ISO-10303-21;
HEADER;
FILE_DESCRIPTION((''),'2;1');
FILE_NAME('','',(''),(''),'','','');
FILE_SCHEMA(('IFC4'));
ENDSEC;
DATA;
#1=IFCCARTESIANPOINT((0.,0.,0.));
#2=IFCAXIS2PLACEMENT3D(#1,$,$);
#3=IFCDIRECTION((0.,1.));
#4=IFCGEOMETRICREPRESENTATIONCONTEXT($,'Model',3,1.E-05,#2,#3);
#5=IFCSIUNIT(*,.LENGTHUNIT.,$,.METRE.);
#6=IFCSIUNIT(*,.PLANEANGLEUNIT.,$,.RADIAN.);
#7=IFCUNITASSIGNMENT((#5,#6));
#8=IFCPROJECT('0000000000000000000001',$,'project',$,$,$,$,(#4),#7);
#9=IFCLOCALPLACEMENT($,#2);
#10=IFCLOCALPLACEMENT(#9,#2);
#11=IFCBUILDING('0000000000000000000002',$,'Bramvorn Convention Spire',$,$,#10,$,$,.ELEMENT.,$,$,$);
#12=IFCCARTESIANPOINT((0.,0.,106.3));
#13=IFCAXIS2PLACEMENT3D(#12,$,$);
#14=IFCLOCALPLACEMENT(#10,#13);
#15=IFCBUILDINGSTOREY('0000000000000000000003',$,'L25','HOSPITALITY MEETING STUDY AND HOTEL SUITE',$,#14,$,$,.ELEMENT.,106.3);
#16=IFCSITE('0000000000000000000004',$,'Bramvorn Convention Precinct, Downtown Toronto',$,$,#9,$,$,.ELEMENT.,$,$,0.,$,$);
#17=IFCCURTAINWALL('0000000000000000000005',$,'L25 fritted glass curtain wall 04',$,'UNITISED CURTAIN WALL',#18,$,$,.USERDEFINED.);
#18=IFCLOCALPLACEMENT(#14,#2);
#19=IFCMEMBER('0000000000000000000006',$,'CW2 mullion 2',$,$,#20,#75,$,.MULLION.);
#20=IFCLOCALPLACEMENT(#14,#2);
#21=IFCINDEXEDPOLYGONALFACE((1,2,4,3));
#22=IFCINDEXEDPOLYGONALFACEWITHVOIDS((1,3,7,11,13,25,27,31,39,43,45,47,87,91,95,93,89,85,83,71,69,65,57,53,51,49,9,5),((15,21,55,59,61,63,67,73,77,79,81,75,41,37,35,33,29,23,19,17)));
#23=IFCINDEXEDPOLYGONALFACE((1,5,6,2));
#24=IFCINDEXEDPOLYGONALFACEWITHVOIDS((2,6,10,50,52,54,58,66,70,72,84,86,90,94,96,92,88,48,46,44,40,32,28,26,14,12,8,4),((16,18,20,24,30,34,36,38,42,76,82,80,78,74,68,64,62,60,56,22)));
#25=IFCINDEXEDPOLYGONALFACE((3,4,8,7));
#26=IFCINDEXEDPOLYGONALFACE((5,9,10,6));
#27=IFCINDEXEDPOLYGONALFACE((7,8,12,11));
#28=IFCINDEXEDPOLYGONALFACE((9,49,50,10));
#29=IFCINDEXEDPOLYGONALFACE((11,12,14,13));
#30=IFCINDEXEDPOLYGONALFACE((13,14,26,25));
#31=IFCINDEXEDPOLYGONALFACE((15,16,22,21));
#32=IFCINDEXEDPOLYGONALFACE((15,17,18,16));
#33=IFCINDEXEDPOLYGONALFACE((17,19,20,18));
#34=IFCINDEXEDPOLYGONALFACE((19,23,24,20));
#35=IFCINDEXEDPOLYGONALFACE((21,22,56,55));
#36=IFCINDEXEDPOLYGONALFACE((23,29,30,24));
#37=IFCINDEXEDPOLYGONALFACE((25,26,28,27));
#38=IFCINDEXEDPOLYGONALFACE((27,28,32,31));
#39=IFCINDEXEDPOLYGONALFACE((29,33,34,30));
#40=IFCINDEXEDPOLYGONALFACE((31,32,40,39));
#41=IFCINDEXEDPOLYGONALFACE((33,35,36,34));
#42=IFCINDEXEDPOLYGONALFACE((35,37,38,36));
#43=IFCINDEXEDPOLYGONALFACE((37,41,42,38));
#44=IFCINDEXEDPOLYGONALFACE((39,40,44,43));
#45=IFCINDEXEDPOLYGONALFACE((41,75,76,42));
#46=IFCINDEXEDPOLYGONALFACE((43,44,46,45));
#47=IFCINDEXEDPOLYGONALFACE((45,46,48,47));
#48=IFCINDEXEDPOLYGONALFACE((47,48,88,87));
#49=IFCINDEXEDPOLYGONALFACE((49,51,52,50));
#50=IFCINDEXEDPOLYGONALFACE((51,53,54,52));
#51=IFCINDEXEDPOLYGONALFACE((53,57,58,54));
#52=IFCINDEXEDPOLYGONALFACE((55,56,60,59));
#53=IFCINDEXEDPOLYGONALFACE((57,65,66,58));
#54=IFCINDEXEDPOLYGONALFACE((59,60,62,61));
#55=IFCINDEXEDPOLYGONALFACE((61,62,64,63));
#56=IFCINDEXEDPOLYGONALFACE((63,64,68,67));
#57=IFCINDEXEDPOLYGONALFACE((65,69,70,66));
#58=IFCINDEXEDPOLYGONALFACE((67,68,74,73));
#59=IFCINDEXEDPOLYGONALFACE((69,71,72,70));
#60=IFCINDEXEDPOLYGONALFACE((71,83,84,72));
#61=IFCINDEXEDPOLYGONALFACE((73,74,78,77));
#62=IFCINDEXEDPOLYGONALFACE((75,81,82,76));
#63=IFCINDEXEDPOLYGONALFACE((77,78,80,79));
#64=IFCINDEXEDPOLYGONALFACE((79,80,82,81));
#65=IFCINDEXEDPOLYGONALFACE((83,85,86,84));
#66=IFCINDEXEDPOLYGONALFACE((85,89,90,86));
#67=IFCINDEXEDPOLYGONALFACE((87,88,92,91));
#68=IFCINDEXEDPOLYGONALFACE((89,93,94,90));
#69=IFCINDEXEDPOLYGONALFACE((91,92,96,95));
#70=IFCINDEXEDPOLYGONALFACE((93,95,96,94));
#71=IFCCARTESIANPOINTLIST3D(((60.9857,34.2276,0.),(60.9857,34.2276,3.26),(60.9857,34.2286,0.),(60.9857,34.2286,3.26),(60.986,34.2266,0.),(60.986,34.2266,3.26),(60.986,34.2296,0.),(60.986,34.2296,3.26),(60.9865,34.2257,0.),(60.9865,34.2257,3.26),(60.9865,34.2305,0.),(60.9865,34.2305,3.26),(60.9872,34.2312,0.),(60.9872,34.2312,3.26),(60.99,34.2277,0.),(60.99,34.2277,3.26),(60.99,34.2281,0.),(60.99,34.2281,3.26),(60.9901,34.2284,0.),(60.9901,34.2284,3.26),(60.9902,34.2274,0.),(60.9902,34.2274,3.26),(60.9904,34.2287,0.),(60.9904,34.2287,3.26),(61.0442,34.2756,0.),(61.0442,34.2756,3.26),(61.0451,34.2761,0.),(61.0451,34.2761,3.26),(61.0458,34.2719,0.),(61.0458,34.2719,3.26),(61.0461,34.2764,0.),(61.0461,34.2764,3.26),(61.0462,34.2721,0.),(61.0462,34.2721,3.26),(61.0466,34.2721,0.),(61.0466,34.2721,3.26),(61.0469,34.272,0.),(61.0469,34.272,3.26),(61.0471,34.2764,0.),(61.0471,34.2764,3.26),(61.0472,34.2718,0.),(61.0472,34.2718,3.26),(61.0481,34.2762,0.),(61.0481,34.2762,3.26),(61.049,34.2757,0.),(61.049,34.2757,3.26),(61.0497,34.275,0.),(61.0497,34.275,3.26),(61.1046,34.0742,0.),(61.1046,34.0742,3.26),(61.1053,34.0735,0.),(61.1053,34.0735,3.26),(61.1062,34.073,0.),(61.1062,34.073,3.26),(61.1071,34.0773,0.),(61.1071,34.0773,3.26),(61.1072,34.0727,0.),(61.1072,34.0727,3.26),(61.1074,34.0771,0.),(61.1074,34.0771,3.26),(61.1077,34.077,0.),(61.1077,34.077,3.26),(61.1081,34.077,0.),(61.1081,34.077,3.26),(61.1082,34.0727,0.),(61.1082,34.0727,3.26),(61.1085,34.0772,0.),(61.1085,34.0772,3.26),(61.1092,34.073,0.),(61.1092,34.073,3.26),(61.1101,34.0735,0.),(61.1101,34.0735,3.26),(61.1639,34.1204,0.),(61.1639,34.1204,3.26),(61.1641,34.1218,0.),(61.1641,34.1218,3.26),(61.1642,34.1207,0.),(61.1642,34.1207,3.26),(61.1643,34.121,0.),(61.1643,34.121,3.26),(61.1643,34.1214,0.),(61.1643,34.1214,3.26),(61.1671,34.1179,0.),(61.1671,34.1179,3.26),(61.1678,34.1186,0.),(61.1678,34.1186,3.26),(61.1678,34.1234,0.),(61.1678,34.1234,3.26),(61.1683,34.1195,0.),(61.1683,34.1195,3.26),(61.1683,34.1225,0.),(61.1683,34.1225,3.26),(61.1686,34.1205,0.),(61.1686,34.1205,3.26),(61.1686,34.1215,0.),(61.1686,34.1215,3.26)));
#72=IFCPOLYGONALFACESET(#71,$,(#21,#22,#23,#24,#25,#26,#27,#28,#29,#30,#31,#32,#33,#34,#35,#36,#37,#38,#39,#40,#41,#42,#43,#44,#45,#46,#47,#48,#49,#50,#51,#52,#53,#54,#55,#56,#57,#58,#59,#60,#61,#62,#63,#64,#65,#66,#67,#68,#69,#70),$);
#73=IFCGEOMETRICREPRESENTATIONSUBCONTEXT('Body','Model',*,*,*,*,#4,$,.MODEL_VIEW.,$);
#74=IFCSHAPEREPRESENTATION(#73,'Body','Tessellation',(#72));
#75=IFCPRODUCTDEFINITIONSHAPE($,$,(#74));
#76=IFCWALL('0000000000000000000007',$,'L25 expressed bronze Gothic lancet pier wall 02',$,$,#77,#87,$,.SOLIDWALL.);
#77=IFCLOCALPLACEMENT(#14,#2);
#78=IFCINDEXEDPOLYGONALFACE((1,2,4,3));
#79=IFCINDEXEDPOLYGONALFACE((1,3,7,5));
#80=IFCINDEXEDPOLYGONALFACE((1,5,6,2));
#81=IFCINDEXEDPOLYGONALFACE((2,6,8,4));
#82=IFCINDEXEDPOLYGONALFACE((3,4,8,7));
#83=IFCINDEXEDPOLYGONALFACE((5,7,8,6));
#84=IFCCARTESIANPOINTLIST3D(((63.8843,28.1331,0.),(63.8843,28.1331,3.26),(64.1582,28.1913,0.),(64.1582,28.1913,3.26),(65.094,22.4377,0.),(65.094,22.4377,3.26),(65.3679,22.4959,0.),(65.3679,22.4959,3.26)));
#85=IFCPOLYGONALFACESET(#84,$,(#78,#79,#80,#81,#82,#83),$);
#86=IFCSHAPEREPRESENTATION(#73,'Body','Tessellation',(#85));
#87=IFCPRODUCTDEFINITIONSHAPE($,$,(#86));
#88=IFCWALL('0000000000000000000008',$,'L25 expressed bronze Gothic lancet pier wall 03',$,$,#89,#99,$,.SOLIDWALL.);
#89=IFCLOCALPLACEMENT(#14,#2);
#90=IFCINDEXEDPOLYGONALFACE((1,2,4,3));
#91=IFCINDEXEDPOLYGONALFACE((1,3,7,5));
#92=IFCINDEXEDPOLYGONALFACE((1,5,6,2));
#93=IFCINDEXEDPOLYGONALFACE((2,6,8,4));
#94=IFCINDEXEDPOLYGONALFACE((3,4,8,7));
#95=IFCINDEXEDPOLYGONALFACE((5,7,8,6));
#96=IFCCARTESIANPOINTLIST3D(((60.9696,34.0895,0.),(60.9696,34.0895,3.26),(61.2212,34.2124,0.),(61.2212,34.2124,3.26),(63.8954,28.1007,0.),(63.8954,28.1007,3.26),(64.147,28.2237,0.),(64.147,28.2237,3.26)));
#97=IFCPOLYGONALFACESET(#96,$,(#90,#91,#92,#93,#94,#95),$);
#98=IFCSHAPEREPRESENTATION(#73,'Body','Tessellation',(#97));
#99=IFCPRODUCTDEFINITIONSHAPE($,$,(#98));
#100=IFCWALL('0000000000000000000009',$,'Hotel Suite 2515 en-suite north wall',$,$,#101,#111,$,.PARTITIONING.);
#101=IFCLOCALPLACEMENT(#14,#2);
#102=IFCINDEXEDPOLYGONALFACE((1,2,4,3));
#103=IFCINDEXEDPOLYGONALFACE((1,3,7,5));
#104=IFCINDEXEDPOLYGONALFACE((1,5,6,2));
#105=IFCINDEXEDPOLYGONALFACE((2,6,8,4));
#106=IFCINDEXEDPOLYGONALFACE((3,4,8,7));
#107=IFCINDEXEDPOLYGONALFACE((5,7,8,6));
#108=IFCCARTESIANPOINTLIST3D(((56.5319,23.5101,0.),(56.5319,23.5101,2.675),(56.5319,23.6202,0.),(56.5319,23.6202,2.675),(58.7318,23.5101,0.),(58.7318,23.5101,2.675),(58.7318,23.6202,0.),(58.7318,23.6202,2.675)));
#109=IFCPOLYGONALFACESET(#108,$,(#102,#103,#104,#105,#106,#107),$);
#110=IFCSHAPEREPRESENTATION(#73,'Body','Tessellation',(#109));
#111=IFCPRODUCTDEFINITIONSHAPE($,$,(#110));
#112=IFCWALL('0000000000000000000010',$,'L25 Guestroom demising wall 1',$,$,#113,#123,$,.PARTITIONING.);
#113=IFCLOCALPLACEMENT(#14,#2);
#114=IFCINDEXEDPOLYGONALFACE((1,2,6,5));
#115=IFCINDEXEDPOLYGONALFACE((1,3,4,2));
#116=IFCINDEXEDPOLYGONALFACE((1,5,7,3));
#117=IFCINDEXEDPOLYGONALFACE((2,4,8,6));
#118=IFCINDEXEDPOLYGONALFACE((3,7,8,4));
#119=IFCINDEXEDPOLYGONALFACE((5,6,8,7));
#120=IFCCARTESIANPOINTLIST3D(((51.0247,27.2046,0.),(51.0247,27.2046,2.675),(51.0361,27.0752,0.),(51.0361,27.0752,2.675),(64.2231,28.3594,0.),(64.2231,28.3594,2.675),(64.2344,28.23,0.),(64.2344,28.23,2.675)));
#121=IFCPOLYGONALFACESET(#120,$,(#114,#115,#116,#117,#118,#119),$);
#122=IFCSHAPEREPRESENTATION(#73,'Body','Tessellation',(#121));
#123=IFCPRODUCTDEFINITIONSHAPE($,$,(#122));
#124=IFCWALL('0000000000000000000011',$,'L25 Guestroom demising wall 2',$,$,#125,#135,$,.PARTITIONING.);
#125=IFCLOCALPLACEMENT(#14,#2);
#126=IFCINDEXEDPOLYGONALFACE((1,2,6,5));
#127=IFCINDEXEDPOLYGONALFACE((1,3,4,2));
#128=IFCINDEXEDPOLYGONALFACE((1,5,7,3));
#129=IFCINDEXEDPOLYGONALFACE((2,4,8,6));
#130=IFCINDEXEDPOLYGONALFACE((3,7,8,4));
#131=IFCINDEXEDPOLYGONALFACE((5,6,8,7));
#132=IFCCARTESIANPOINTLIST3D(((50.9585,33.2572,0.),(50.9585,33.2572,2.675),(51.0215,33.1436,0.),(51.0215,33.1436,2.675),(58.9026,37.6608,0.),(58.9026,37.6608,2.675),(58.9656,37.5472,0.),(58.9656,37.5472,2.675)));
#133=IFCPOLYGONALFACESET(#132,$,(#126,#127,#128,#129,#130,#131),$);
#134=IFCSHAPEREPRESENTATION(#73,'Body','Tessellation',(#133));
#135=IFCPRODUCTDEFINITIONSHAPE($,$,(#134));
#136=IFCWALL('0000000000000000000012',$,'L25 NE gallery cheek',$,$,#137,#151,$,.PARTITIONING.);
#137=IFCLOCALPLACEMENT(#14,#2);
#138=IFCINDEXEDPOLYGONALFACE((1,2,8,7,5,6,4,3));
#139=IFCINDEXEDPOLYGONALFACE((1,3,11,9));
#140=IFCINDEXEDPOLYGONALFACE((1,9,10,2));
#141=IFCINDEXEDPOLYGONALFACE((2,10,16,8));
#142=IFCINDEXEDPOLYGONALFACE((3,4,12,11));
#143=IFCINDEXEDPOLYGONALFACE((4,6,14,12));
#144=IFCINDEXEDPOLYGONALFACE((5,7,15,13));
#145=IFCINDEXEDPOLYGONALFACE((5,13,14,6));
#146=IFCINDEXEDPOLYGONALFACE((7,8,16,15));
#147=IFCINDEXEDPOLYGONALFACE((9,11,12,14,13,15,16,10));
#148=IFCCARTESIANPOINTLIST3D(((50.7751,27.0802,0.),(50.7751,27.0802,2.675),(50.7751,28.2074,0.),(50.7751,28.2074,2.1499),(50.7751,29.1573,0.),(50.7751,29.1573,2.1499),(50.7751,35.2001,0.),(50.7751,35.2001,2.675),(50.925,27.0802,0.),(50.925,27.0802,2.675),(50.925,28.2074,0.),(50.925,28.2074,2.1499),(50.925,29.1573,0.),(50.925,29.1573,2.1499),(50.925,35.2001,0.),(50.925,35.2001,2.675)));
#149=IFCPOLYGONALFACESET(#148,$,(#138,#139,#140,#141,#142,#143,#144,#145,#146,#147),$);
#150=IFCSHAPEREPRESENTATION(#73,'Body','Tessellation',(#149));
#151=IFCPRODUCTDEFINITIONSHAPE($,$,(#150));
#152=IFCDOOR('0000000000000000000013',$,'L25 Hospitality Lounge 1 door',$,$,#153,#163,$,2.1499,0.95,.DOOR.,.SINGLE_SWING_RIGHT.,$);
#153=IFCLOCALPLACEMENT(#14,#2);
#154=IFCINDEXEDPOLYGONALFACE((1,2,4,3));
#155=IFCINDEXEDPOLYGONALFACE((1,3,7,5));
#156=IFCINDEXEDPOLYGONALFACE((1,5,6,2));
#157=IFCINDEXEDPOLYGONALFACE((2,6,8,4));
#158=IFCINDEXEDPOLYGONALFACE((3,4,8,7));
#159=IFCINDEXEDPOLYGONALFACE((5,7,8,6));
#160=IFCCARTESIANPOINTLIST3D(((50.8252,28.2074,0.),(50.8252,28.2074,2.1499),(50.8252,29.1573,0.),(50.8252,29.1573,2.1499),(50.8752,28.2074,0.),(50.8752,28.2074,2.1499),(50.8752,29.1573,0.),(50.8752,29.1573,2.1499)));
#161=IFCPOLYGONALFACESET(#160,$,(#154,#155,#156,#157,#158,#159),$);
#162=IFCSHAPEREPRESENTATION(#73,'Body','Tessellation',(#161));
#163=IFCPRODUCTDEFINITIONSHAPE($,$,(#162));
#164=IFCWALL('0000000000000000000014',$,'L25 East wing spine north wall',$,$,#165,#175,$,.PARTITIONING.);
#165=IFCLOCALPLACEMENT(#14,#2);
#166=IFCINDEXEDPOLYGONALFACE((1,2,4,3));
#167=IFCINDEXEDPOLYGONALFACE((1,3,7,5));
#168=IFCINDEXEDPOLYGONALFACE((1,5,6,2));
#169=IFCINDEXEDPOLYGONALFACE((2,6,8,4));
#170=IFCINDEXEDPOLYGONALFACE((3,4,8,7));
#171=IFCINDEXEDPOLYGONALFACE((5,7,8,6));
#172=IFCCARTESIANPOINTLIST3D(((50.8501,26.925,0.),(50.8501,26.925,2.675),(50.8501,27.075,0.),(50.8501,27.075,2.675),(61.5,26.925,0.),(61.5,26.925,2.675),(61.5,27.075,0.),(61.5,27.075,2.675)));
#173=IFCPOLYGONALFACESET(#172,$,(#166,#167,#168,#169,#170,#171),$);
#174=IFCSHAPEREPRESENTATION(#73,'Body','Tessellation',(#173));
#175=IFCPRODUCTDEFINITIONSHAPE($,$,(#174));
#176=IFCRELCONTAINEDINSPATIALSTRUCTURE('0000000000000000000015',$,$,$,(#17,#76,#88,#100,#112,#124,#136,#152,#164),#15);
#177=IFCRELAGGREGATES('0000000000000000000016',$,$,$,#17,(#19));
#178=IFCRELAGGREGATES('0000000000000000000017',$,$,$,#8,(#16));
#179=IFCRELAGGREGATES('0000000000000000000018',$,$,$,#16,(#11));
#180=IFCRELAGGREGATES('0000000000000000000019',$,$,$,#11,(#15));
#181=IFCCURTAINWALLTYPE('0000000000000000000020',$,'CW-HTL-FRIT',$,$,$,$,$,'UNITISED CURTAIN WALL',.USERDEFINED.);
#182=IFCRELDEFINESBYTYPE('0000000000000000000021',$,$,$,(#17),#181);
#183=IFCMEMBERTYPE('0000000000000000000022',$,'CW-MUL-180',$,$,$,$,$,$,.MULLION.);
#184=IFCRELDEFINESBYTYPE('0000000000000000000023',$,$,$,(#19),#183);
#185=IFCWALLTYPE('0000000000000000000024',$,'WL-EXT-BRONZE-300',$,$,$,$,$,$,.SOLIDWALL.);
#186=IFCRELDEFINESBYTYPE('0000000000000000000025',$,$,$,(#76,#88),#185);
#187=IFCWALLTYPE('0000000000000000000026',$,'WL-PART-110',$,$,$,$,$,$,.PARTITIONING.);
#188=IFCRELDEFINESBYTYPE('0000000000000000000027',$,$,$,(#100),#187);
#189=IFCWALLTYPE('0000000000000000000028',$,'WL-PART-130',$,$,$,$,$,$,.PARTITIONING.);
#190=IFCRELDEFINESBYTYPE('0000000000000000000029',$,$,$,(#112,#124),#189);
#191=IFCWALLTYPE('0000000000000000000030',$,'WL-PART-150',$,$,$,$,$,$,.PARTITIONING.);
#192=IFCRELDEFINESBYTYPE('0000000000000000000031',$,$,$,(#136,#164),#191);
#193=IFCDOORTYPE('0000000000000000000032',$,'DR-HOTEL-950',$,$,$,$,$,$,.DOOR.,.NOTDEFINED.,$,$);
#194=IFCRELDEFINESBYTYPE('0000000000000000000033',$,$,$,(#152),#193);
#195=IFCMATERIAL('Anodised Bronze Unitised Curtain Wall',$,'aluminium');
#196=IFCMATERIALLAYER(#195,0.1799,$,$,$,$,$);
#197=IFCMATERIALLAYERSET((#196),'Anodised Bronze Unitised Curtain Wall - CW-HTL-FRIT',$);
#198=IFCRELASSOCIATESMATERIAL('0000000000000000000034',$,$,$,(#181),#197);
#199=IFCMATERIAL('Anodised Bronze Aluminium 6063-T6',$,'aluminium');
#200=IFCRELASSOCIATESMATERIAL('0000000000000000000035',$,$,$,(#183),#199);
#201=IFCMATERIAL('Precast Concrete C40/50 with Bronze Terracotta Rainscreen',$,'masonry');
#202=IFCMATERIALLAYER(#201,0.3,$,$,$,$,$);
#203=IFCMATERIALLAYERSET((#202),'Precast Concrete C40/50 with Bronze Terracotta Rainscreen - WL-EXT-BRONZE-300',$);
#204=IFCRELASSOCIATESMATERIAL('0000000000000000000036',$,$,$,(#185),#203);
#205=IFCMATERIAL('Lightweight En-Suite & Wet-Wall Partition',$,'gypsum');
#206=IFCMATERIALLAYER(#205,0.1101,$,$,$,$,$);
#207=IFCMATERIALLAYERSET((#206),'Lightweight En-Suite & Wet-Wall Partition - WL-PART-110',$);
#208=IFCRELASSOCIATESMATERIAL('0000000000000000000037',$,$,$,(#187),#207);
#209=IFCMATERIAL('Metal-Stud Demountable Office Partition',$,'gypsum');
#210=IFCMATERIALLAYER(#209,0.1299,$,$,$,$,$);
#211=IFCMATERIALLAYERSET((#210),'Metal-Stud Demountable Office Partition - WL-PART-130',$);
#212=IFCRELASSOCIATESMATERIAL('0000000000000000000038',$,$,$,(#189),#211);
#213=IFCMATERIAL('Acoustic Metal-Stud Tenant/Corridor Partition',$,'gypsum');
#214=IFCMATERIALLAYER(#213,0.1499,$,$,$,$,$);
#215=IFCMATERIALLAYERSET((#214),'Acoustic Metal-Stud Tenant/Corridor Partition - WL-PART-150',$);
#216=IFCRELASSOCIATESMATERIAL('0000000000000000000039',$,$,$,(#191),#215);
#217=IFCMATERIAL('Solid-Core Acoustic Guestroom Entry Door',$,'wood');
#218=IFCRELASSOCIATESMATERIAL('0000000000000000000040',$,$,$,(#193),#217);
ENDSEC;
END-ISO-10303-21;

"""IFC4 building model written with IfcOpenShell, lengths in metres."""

from ifc_helpers import new_model, si_unit, direction, frame, frame_2d, origin, origin_2d, place, context, subcontext, project, spatial, rectangle, hollow_rectangle, extrude, material, layer, layer_set, material_profile, profile_set, type_object, element, fill, aggregate, save


model = new_model("IFC4")

# Units and contexts
model_context = context("Model", 3, precision=1e-05, world=origin(), true_north=direction((0.0, 1.0)))
body_context = subcontext(model_context, "Body", "Model", "MODEL_VIEW")
ifc_project = project(units=[si_unit("LENGTHUNIT", "METRE"), si_unit("PLANEANGLEUNIT", "RADIAN")], contexts=[model_context])

# Site, building, storey
site_placement = place(None, origin())
site = spatial("IfcSite", under=ifc_project, at=site_placement, Name="Bramvorn Convention Precinct, Downtown Toronto", CompositionType="ELEMENT", RefElevation=0.0)
building_placement = place(site_placement, origin())
building = spatial("IfcBuilding", under=site, at=building_placement, Name="Bramvorn Convention Spire", CompositionType="ELEMENT")
storey_placement = place(building_placement, frame((0.0, 0.0, 106.3)))
storey = spatial("IfcBuildingStorey", under=building, at=storey_placement, Name="L25", Description="HOSPITALITY MEETING STUDY AND HOTEL SUITE", CompositionType="ELEMENT", Elevation=106.3)

# Curtain wall, member
ifc_material_1 = material(Name="Anodised Bronze Unitised Curtain Wall", Category="aluminium")
ifc_layer_1 = layer(ifc_material_1, 0.1799)
ifc_layer_set_1 = layer_set([ifc_layer_1], Name="Anodised Bronze Unitised Curtain Wall - CW-HTL-FRIT")
curtain_wall_type = type_object("IfcCurtainWallType", Name="CW-HTL-FRIT", ElementType="UNITISED CURTAIN WALL", PredefinedType="USERDEFINED", material=ifc_layer_set_1)
curtain_wall_placement = place(storey_placement, origin())
curtain_wall = element("IfcCurtainWall", 1, at=curtain_wall_placement, inside=storey, type_object=curtain_wall_type, Name="L25 fritted glass curtain wall 04", ObjectType="UNITISED CURTAIN WALL", PredefinedType="USERDEFINED")
ifc_material_2 = material(Name="Anodised Bronze Aluminium 6063-T6", Category="aluminium")
ifc_material_profile_1 = material_profile(ifc_material_2, hollow_rectangle(XDim=0.0801, YDim=0.2, WallThickness=0.0039, InnerFilletRadius=0.001, OuterFilletRadius=0.0039, at=origin_2d()))
ifc_profile_set_1 = profile_set([ifc_material_profile_1], Name="Anodised Bronze Aluminium 6063-T6 - CWM80X200")
member_type = type_object("IfcMemberType", Name="CW-MUL-180", PredefinedType="MULLION", material=ifc_profile_set_1)
member_placement = place(storey_placement, frame((61.0771, 34.1746, 0.0), z_axis=(0.0, 0.0, 1.0), x_axis=(0.78882, 0.614624, 0.0)))
member = element("IfcMember", 2, at=member_placement, type_object=member_type, Name="CW2 mullion 2", PredefinedType="MULLION", context=body_context, shape_type="SweptSolid", body=[
    extrude(hollow_rectangle(XDim=0.0801, YDim=0.2, WallThickness=0.0039, InnerFilletRadius=0.001, OuterFilletRadius=0.0039, at=origin_2d()), origin(), (0.0, 0.0, 1.0), 3.26),
])
aggregate(curtain_wall, [member])

# Walls
ifc_material_3 = material(Name="Precast Concrete C40/50 with Bronze Terracotta Rainscreen", Category="masonry")
ifc_layer_2 = layer(ifc_material_3, 0.3)
ifc_layer_set_2 = layer_set([ifc_layer_2], Name="Precast Concrete C40/50 with Bronze Terracotta Rainscreen - WL-EXT-BRONZE-300")
wall_type_1 = type_object("IfcWallType", Name="WL-EXT-BRONZE-300", PredefinedType="SOLIDWALL", material=ifc_layer_set_2)
wall_1_placement = place(storey_placement, frame((64.0212, 28.1621, 0.0), z_axis=(0.0, 0.0, 1.0), x_axis=(0.207762, -0.978179, 0.0)))
element("IfcWall", 3, at=wall_1_placement, inside=storey, type_object=wall_type_1, Name="L25 expressed bronze Gothic lancet pier wall 02", PredefinedType="SOLIDWALL", context=body_context, shape_type="SweptSolid", body=[
    extrude(rectangle(XDim=5.8225, YDim=0.28, at=frame_2d((2.9111, 0.0))), origin(), (0.0, 0.0, 1.0), 3.26),
])
wall_2_placement = place(storey_placement, frame((61.0955, 34.1509, 0.0), z_axis=(0.0, 0.0, 1.0), x_axis=(0.43896, -0.898506, 0.0)))
element("IfcWall", 4, at=wall_2_placement, inside=storey, type_object=wall_type_1, Name="L25 expressed bronze Gothic lancet pier wall 03", PredefinedType="SOLIDWALL", context=body_context, shape_type="SweptSolid", body=[
    extrude(rectangle(XDim=6.6653, YDim=0.28, at=frame_2d((3.3325, 0.0))), origin(), (0.0, 0.0, 1.0), 3.26),
])
ifc_material_4 = material(Name="Lightweight En-Suite & Wet-Wall Partition", Category="gypsum")
ifc_layer_3 = layer(ifc_material_4, 0.1101)
ifc_layer_set_3 = layer_set([ifc_layer_3], Name="Lightweight En-Suite & Wet-Wall Partition - WL-PART-110")
wall_type_2 = type_object("IfcWallType", Name="WL-PART-110", PredefinedType="PARTITIONING", material=ifc_layer_set_3)
wall_3_placement = place(storey_placement, frame((56.5317, 23.5652, 0.0), z_axis=(0.0, 0.0, 1.0), x_axis=(1.0, 0.0, 0.0)))
element("IfcWall", 5, at=wall_3_placement, inside=storey, type_object=wall_type_2, Name="Hotel Suite 2515 en-suite north wall", PredefinedType="PARTITIONING", context=body_context, shape_type="SweptSolid", body=[
    extrude(rectangle(XDim=2.2, YDim=0.1101, at=frame_2d((1.1001, 0.0))), origin(), (0.0, 0.0, 1.0), 2.675),
])
ifc_material_5 = material(Name="Metal-Stud Demountable Office Partition", Category="gypsum")
ifc_layer_4 = layer(ifc_material_5, 0.1299)
ifc_layer_set_4 = layer_set([ifc_layer_4], Name="Metal-Stud Demountable Office Partition - WL-PART-130")
wall_type_3 = type_object("IfcWallType", Name="WL-PART-130", PredefinedType="PARTITIONING", material=ifc_layer_set_4)
wall_4_placement = place(storey_placement, frame((51.0303, 27.1399, 0.0), z_axis=(0.0, 0.0, 1.0), x_axis=(0.996194, 0.087162, 0.0)))
element("IfcWall", 6, at=wall_4_placement, inside=storey, type_object=wall_type_3, Name="L25 Guestroom demising wall 1", PredefinedType="PARTITIONING", context=body_context, shape_type="SweptSolid", body=[
    extrude(rectangle(XDim=13.2488, YDim=0.1299, at=frame_2d((6.6245, 0.0))), origin(), (0.0, 0.0, 1.0), 2.675),
])
wall_5_placement = place(storey_placement, frame((50.99, 33.2004, 0.0), z_axis=(0.0, 0.0, 1.0), x_axis=(0.874616, 0.484817, 0.0)))
element("IfcWall", 7, at=wall_5_placement, inside=storey, type_object=wall_type_3, Name="L25 Guestroom demising wall 2", PredefinedType="PARTITIONING", context=body_context, shape_type="SweptSolid", body=[
    extrude(rectangle(XDim=9.083, YDim=0.1299, at=frame_2d((4.5415, 0.0))), origin(), (0.0, 0.0, 1.0), 2.675),
])

# Wall, opening, door
ifc_material_6 = material(Name="Acoustic Metal-Stud Tenant/Corridor Partition", Category="gypsum")
ifc_layer_5 = layer(ifc_material_6, 0.1499)
ifc_layer_set_5 = layer_set([ifc_layer_5], Name="Acoustic Metal-Stud Tenant/Corridor Partition - WL-PART-150")
wall_type_4 = type_object("IfcWallType", Name="WL-PART-150", PredefinedType="PARTITIONING", material=ifc_layer_set_5)
wall_6_placement = place(storey_placement, frame((50.8501, 27.0801, 0.0), z_axis=(0.0, 0.0, 1.0), x_axis=(0.0, 1.0, 0.0)))
wall_6 = element("IfcWall", 8, at=wall_6_placement, inside=storey, type_object=wall_type_4, Name="L25 NE gallery cheek", PredefinedType="PARTITIONING", context=body_context, shape_type="SweptSolid", body=[
    extrude(rectangle(XDim=8.1199, YDim=0.1499, at=frame_2d((4.0601, 0.0))), origin(), (0.0, 0.0, 1.0), 2.675),
])
opening_1_placement = place(wall_6_placement, frame((1.1272, 0.0, 0.0)))
opening_1 = element("IfcOpeningElement", 9, at=opening_1_placement, cuts=wall_6, PredefinedType="OPENING", context=body_context, shape_type="SweptSolid", body=[
    extrude(rectangle(XDim=0.95, YDim=2.1499, at=frame_2d((0.4751, 1.075))), frame((0.0, 0.085, 0.0), z_axis=(0.0, -1.0, 0.0), x_axis=(1.0, 0.0, 0.0)), (0.0, 0.0, 1.0), 0.1699),
])
ifc_material_7 = material(Name="Solid-Core Acoustic Guestroom Entry Door", Category="wood")
door_type = type_object("IfcDoorType", Name="DR-HOTEL-950", OperationType="NOTDEFINED", PredefinedType="DOOR", material=ifc_material_7)
door_1_placement = place(opening_1_placement, origin())
door_1 = element("IfcDoor", 10, at=door_1_placement, inside=storey, type_object=door_type, Name="L25 Hospitality Lounge 1 door", OperationType="SINGLE_SWING_RIGHT", OverallHeight=2.1499, OverallWidth=0.95, PredefinedType="DOOR", context=body_context, shape_type="SweptSolid", body=[
    extrude(rectangle(XDim=0.95, YDim=2.1499, at=frame_2d((0.4751, 1.075))), frame((0.0, 0.0249, 0.0), z_axis=(0.0, -1.0, 0.0), x_axis=(1.0, 0.0, 0.0)), (0.0, 0.0, 1.0), 0.05),
])
fill(opening_1, door_1)

# Wall
wall_7_placement = place(storey_placement, frame((50.8501, 27.0, 0.0), z_axis=(0.0, 0.0, 1.0), x_axis=(1.0, 0.0, 0.0)))
element("IfcWall", 11, at=wall_7_placement, inside=storey, type_object=wall_type_4, Name="L25 East wing spine north wall", PredefinedType="PARTITIONING", context=body_context, shape_type="SweptSolid", body=[
    extrude(rectangle(XDim=10.6499, YDim=0.1499, at=frame_2d((5.325, 0.0))), origin(), (0.0, 0.0, 1.0), 2.675),
])

save(model, "model.ifc")
